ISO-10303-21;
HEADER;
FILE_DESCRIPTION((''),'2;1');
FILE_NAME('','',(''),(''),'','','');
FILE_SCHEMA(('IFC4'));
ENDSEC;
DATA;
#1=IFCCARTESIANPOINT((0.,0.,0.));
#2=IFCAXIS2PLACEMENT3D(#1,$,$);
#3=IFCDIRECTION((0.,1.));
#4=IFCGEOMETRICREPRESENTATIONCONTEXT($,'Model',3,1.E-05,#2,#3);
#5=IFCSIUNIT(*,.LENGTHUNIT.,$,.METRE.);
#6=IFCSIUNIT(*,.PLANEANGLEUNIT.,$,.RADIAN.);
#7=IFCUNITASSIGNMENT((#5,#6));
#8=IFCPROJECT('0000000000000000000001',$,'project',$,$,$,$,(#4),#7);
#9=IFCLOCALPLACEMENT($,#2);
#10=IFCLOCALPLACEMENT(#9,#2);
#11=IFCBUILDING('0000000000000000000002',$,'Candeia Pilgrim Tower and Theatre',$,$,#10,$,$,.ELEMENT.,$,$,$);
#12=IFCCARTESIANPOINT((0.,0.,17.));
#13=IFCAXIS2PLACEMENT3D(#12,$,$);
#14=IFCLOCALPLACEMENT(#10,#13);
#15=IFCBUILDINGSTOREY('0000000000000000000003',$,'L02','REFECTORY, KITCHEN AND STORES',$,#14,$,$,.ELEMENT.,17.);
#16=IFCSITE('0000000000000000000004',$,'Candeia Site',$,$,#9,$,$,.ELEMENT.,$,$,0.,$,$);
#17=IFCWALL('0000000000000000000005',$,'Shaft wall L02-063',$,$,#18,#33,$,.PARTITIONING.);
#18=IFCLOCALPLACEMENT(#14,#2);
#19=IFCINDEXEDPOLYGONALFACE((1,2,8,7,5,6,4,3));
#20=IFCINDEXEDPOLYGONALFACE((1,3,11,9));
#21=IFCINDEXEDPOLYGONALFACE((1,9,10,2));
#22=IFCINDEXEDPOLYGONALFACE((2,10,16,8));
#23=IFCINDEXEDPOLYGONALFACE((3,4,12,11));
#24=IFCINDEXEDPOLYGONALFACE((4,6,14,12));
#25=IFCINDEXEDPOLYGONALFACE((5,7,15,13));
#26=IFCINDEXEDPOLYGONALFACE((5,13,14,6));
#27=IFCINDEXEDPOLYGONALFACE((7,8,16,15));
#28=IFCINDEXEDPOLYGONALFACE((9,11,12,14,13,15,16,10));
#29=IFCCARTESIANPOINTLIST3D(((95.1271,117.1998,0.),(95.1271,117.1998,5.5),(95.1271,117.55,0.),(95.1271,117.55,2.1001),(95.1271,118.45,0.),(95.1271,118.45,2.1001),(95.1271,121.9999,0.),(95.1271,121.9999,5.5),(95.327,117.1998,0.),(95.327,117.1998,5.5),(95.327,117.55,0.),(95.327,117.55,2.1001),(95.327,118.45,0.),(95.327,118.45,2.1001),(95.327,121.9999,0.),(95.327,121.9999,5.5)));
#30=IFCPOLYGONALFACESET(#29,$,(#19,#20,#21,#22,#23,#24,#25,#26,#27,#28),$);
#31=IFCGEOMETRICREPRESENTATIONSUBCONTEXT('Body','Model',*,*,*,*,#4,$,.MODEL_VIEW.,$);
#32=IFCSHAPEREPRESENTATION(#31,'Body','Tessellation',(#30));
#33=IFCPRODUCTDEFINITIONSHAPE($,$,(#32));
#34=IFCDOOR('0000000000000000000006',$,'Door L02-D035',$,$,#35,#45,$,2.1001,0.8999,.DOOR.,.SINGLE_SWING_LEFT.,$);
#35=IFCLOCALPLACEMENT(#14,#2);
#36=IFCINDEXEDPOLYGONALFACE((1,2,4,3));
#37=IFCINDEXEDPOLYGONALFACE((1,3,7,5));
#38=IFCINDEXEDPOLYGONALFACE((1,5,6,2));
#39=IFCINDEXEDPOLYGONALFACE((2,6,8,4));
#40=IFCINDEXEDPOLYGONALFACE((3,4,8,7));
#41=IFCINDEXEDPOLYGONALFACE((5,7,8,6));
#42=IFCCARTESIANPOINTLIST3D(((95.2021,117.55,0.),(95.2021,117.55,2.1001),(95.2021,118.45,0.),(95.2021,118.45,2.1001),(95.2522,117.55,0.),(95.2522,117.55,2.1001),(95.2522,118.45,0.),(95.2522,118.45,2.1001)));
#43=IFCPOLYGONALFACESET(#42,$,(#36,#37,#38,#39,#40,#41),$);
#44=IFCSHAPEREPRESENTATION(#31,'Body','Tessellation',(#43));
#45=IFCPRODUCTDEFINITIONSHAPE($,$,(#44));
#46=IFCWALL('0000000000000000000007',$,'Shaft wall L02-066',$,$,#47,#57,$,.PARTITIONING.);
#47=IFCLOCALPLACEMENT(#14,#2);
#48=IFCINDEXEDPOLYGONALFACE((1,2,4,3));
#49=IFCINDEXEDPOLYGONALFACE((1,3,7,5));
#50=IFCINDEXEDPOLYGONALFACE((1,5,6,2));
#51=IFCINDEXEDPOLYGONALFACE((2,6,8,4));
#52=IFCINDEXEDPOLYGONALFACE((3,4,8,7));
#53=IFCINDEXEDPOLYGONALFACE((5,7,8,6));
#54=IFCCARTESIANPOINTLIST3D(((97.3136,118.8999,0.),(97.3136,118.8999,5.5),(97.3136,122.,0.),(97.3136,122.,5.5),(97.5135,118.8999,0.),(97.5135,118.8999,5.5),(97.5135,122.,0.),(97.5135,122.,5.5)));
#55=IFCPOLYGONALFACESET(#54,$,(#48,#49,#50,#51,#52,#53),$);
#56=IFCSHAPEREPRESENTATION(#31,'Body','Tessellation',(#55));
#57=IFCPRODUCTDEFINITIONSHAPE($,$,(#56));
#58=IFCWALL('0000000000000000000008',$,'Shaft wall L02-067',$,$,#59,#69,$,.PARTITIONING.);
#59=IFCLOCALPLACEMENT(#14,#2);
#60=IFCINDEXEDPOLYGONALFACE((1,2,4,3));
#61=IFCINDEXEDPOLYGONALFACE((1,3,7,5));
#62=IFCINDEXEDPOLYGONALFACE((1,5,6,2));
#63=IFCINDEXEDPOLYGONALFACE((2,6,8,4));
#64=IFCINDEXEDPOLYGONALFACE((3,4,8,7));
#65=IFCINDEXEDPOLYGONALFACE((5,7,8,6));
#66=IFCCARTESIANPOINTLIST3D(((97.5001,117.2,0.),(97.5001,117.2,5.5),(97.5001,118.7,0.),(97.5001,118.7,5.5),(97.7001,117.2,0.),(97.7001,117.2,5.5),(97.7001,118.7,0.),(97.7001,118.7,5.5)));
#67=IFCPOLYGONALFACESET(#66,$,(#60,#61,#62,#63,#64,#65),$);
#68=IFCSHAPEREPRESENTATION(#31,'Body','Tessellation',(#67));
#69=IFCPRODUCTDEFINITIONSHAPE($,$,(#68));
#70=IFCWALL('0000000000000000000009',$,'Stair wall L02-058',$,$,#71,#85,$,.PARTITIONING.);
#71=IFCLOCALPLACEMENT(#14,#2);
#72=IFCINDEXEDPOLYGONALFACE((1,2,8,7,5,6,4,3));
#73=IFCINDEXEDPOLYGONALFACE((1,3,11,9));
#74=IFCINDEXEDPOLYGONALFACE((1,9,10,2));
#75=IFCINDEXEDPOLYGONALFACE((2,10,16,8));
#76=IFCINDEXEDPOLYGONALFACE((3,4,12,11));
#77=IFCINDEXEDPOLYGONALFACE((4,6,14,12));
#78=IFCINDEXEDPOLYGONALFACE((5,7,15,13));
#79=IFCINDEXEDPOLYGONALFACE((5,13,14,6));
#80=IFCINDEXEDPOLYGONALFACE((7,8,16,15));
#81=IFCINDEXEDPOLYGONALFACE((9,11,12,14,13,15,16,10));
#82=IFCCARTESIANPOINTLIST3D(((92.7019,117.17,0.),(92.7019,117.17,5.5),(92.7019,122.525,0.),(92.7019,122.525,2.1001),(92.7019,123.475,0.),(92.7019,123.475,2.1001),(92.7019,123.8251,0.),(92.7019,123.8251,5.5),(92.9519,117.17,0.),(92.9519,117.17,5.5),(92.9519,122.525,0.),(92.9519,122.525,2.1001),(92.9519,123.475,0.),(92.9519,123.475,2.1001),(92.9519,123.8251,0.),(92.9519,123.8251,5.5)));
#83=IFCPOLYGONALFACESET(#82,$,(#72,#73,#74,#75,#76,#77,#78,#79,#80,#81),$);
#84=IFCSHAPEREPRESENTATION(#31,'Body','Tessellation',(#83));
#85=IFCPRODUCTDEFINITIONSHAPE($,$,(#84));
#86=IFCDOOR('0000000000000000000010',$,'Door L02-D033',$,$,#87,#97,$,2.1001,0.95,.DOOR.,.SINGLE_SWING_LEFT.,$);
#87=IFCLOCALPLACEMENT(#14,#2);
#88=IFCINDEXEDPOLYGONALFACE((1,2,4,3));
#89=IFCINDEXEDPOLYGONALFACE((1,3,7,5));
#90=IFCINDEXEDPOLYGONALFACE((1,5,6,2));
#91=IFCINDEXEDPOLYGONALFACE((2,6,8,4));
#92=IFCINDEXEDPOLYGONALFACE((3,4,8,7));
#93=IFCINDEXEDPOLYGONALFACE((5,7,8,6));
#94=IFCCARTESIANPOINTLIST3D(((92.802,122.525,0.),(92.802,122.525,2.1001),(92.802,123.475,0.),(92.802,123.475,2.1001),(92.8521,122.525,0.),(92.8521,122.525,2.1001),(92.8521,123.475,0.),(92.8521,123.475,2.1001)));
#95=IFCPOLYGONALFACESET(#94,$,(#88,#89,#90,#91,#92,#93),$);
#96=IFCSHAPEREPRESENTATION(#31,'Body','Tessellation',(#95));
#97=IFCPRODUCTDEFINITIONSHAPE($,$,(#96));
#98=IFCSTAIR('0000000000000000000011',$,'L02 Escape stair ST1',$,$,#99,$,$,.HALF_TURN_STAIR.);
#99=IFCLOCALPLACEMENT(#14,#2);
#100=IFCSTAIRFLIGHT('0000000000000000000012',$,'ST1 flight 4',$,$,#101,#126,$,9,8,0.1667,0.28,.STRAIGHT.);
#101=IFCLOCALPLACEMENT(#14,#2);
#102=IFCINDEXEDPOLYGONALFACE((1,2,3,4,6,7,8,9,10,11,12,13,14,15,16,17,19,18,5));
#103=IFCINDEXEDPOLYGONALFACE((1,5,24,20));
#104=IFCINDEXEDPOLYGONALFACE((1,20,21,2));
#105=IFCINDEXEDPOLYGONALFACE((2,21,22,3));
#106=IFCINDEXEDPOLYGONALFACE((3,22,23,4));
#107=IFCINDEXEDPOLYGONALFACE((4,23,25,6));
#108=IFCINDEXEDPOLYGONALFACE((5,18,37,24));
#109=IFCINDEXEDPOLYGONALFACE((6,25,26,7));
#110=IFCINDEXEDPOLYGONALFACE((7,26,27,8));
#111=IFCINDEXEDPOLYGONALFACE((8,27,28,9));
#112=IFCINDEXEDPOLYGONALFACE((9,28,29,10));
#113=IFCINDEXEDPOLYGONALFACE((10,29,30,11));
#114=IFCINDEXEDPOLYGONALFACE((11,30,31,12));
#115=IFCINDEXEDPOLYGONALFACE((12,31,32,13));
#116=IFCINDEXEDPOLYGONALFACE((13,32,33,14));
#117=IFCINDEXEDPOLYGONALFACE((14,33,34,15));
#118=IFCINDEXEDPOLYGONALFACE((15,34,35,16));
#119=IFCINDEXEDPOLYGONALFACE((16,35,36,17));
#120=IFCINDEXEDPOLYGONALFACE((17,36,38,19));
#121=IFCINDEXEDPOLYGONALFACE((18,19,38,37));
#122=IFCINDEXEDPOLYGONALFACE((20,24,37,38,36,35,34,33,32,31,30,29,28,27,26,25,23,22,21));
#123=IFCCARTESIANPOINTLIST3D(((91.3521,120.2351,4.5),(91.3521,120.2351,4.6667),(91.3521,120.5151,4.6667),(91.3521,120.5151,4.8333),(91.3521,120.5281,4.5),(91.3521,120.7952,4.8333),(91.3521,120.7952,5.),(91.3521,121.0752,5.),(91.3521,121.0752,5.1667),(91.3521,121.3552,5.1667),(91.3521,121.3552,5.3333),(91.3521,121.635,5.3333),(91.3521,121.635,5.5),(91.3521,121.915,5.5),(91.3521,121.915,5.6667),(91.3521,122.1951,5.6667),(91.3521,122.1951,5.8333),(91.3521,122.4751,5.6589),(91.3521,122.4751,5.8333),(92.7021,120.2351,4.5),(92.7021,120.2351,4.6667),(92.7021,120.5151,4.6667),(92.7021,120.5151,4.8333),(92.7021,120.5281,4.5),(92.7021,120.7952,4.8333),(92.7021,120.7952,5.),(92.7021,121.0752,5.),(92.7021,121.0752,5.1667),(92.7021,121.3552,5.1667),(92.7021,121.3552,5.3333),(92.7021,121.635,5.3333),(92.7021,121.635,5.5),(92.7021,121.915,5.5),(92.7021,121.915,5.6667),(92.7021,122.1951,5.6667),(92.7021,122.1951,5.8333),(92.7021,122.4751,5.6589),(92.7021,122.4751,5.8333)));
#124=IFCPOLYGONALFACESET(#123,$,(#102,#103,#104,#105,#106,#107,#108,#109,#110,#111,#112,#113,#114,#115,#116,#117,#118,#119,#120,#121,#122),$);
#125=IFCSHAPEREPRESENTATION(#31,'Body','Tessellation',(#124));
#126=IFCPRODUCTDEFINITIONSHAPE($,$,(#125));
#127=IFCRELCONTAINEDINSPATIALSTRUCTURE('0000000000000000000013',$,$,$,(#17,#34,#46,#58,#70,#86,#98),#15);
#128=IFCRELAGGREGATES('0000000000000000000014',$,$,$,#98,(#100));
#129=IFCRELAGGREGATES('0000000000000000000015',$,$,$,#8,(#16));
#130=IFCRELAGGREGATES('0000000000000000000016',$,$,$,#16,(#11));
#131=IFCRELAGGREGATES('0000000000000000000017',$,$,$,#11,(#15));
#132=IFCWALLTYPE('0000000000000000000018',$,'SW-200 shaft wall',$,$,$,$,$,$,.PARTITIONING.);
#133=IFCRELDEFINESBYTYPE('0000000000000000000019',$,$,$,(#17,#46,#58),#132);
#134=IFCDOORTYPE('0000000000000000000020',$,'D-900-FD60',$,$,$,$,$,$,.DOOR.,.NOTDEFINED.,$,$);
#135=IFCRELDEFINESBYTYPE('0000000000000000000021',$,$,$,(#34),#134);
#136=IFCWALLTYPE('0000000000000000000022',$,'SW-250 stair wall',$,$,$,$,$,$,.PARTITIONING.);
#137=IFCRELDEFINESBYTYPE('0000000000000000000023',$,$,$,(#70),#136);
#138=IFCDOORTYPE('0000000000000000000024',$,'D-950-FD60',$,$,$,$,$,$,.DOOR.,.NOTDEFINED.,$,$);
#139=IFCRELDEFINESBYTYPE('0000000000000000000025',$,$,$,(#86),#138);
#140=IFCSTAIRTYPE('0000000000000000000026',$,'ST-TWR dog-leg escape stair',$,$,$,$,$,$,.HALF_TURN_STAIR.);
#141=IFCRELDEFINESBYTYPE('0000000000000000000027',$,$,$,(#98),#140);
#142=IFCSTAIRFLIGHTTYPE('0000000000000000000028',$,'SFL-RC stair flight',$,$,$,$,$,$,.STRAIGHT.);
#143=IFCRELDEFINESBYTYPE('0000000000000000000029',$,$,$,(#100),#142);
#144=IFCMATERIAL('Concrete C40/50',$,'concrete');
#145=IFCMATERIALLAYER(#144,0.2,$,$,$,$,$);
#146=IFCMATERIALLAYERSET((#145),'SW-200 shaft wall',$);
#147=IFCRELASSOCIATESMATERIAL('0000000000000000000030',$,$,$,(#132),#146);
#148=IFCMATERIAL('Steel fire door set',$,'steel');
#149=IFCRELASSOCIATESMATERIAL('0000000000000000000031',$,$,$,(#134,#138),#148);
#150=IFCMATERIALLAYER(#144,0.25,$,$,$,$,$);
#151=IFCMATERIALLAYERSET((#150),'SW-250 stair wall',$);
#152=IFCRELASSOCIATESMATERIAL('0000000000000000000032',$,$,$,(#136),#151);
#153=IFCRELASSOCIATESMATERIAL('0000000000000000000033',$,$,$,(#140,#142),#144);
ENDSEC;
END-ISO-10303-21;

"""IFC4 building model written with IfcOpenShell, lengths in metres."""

from ifc_helpers import new_model, si_unit, direction, frame, frame_2d, origin, place, context, subcontext, project, spatial, polyline, rectangle, outline, extrude, material, layer, layer_set, type_object, element, fill, aggregate, save


model = new_model("IFC4")

# Units and contexts
model_context = context("Model", 3, precision=1e-05, world=origin(), true_north=direction((0.0, 1.0)))
body_context = subcontext(model_context, "Body", "Model", "MODEL_VIEW")
ifc_project = project(units=[si_unit("LENGTHUNIT", "METRE"), si_unit("PLANEANGLEUNIT", "RADIAN")], contexts=[model_context])

# Site, building, storey
site_placement = place(None, origin())
site = spatial("IfcSite", under=ifc_project, at=site_placement, Name="Candeia Site", CompositionType="ELEMENT", RefElevation=0.0)
building_placement = place(site_placement, origin())
building = spatial("IfcBuilding", under=site, at=building_placement, Name="Candeia Pilgrim Tower and Theatre", CompositionType="ELEMENT")
storey_placement = place(building_placement, frame((0.0, 0.0, 17.0)))
storey = spatial("IfcBuildingStorey", under=building, at=storey_placement, Name="L02", Description="REFECTORY, KITCHEN AND STORES", CompositionType="ELEMENT", Elevation=17.0)

# Shared definitions
ifc_material_1 = material(Name="Steel fire door set", Category="steel")

# Shared definitions
ifc_material_2 = material(Name="Concrete C40/50", Category="concrete")
ifc_layer_1 = layer(ifc_material_2, 0.2)
ifc_layer_set_1 = layer_set([ifc_layer_1], Name="SW-200 shaft wall")
wall_type_1 = type_object("IfcWallType", Name="SW-200 shaft wall", PredefinedType="PARTITIONING", material=ifc_layer_set_1)

# Shared definitions
door_type_1 = type_object("IfcDoorType", Name="D-900-FD60", OperationType="NOTDEFINED", PredefinedType="DOOR", material=ifc_material_1)

# Wall, opening, door
wall_1_placement = place(storey_placement, frame((95.2271, 117.2, 0.0), z_axis=(0.0, 0.0, 1.0), x_axis=(0.0, 1.0, 0.0)))
wall_1 = element("IfcWall", 1, at=wall_1_placement, inside=storey, type_object=wall_type_1, Name="Shaft wall L02-063", PredefinedType="PARTITIONING", context=body_context, shape_type="SweptSolid", body=[
    extrude(rectangle(XDim=4.8, YDim=0.2, at=frame_2d((2.3999, 0.0))), origin(), (0.0, 0.0, 1.0), 5.5),
])
opening_1_placement = place(wall_1_placement, frame((0.3501, 0.0, 0.0)))
opening_1 = element("IfcOpeningElement", 2, at=opening_1_placement, cuts=wall_1, PredefinedType="OPENING", context=body_context, shape_type="SweptSolid", body=[
    extrude(rectangle(XDim=0.8999, YDim=2.1001, at=frame_2d((0.45, 1.05))), frame((0.0, 0.1099, 0.0), z_axis=(0.0, -1.0, 0.0), x_axis=(1.0, 0.0, 0.0)), (0.0, 0.0, 1.0), 0.22),
])
door_1_placement = place(opening_1_placement, origin())
door_1 = element("IfcDoor", 3, at=door_1_placement, inside=storey, type_object=door_type_1, Name="Door L02-D035", OperationType="SINGLE_SWING_LEFT", OverallHeight=2.1001, OverallWidth=0.8999, PredefinedType="DOOR", context=body_context, shape_type="SweptSolid", body=[
    extrude(rectangle(XDim=0.8999, YDim=2.1001, at=frame_2d((0.45, 1.05))), frame((0.0, 0.0249, 0.0), z_axis=(0.0, -1.0, 0.0), x_axis=(1.0, 0.0, 0.0)), (0.0, 0.0, 1.0), 0.05),
])
fill(opening_1, door_1)

# Walls
wall_2_placement = place(storey_placement, frame((97.4136, 118.8999, 0.0), z_axis=(0.0, 0.0, 1.0), x_axis=(0.0, 1.0, 0.0)))
element("IfcWall", 4, at=wall_2_placement, inside=storey, type_object=wall_type_1, Name="Shaft wall L02-066", PredefinedType="PARTITIONING", context=body_context, shape_type="SweptSolid", body=[
    extrude(rectangle(XDim=3.1001, YDim=0.2, at=frame_2d((1.55, 0.0))), origin(), (0.0, 0.0, 1.0), 5.5),
])
wall_3_placement = place(storey_placement, frame((97.6001, 117.2, 0.0), z_axis=(0.0, 0.0, 1.0), x_axis=(0.0, 1.0, 0.0)))
element("IfcWall", 5, at=wall_3_placement, inside=storey, type_object=wall_type_1, Name="Shaft wall L02-067", PredefinedType="PARTITIONING", context=body_context, shape_type="SweptSolid", body=[
    extrude(rectangle(XDim=1.5, YDim=0.2, at=frame_2d((0.75, 0.0))), origin(), (0.0, 0.0, 1.0), 5.5),
])

# Wall, opening, door
ifc_layer_2 = layer(ifc_material_2, 0.25)
ifc_layer_set_2 = layer_set([ifc_layer_2], Name="SW-250 stair wall")
wall_type_2 = type_object("IfcWallType", Name="SW-250 stair wall", PredefinedType="PARTITIONING", material=ifc_layer_set_2)
wall_4_placement = place(storey_placement, frame((92.8269, 117.1699, 0.0), z_axis=(0.0, 0.0, 1.0), x_axis=(0.0, 1.0, 0.0)))
wall_4 = element("IfcWall", 6, at=wall_4_placement, inside=storey, type_object=wall_type_2, Name="Stair wall L02-058", PredefinedType="PARTITIONING", context=body_context, shape_type="SweptSolid", body=[
    extrude(rectangle(XDim=6.655, YDim=0.25, at=frame_2d((3.3276, 0.0))), origin(), (0.0, 0.0, 1.0), 5.5),
])
opening_2_placement = place(wall_4_placement, frame((5.355, 0.0, 0.0)))
opening_2 = element("IfcOpeningElement", 7, at=opening_2_placement, cuts=wall_4, PredefinedType="OPENING", context=body_context, shape_type="SweptSolid", body=[
    extrude(rectangle(XDim=0.95, YDim=2.1001, at=frame_2d((0.4751, 1.05))), frame((0.0, 0.135, 0.0), z_axis=(0.0, -1.0, 0.0), x_axis=(1.0, 0.0, 0.0)), (0.0, 0.0, 1.0), 0.27),
])
door_type_2 = type_object("IfcDoorType", Name="D-950-FD60", OperationType="NOTDEFINED", PredefinedType="DOOR", material=ifc_material_1)
door_2_placement = place(opening_2_placement, origin())
door_2 = element("IfcDoor", 8, at=door_2_placement, inside=storey, type_object=door_type_2, Name="Door L02-D033", OperationType="SINGLE_SWING_LEFT", OverallHeight=2.1001, OverallWidth=0.95, PredefinedType="DOOR", context=body_context, shape_type="SweptSolid", body=[
    extrude(rectangle(XDim=0.95, YDim=2.1001, at=frame_2d((0.4751, 1.05))), frame((0.0, 0.0249, 0.0), z_axis=(0.0, -1.0, 0.0), x_axis=(1.0, 0.0, 0.0)), (0.0, 0.0, 1.0), 0.05),
])
fill(opening_2, door_2)

# Stair, stair flight
stair_type = type_object("IfcStairType", Name="ST-TWR dog-leg escape stair", PredefinedType="HALF_TURN_STAIR", material=ifc_material_2)
stair_placement = place(storey_placement, origin())
stair = element("IfcStair", 9, at=stair_placement, inside=storey, type_object=stair_type, Name="L02 Escape stair ST1", PredefinedType="HALF_TURN_STAIR")
stair_flight_type = type_object("IfcStairFlightType", Name="SFL-RC stair flight", PredefinedType="STRAIGHT", material=ifc_material_2)
stair_flight_placement = place(storey_placement, frame((92.0271, 120.2351, 4.5), z_axis=(0.0, 0.0, 1.0), x_axis=(0.0, 1.0, 0.0)))
stair_flight = element("IfcStairFlight", 10, at=stair_flight_placement, type_object=stair_flight_type, Name="ST1 flight 4", NumberOfRisers=9, NumberOfTreads=8, PredefinedType="STRAIGHT", RiserHeight=0.1667, TreadLength=0.28, context=body_context, shape_type="SweptSolid", body=[
    extrude(outline(polyline([(0.0, 0.0), (0.0, 0.1667), (0.28, 0.1667), (0.28, 0.3333), (0.5601, 0.3333), (0.5601, 0.5), (0.8401, 0.5), (0.8401, 0.6667), (1.1201, 0.6667), (1.1201, 0.8333), (1.3999, 0.8333), (1.3999, 1.0), (1.6799, 1.0), (1.6799, 1.1667), (1.96, 1.1667), (1.96, 1.3333), (2.24, 1.3333), (2.24, 1.5), (2.24, 1.1589), (0.293, 0.0), (0.0, 0.0)])), frame((0.0, 0.675, 0.0), z_axis=(0.0, -1.0, 0.0), x_axis=(1.0, 0.0, 0.0)), (0.0, 0.0, 1.0), 1.3501),
])
aggregate(stair, [stair_flight])

save(model, "model.ifc")
